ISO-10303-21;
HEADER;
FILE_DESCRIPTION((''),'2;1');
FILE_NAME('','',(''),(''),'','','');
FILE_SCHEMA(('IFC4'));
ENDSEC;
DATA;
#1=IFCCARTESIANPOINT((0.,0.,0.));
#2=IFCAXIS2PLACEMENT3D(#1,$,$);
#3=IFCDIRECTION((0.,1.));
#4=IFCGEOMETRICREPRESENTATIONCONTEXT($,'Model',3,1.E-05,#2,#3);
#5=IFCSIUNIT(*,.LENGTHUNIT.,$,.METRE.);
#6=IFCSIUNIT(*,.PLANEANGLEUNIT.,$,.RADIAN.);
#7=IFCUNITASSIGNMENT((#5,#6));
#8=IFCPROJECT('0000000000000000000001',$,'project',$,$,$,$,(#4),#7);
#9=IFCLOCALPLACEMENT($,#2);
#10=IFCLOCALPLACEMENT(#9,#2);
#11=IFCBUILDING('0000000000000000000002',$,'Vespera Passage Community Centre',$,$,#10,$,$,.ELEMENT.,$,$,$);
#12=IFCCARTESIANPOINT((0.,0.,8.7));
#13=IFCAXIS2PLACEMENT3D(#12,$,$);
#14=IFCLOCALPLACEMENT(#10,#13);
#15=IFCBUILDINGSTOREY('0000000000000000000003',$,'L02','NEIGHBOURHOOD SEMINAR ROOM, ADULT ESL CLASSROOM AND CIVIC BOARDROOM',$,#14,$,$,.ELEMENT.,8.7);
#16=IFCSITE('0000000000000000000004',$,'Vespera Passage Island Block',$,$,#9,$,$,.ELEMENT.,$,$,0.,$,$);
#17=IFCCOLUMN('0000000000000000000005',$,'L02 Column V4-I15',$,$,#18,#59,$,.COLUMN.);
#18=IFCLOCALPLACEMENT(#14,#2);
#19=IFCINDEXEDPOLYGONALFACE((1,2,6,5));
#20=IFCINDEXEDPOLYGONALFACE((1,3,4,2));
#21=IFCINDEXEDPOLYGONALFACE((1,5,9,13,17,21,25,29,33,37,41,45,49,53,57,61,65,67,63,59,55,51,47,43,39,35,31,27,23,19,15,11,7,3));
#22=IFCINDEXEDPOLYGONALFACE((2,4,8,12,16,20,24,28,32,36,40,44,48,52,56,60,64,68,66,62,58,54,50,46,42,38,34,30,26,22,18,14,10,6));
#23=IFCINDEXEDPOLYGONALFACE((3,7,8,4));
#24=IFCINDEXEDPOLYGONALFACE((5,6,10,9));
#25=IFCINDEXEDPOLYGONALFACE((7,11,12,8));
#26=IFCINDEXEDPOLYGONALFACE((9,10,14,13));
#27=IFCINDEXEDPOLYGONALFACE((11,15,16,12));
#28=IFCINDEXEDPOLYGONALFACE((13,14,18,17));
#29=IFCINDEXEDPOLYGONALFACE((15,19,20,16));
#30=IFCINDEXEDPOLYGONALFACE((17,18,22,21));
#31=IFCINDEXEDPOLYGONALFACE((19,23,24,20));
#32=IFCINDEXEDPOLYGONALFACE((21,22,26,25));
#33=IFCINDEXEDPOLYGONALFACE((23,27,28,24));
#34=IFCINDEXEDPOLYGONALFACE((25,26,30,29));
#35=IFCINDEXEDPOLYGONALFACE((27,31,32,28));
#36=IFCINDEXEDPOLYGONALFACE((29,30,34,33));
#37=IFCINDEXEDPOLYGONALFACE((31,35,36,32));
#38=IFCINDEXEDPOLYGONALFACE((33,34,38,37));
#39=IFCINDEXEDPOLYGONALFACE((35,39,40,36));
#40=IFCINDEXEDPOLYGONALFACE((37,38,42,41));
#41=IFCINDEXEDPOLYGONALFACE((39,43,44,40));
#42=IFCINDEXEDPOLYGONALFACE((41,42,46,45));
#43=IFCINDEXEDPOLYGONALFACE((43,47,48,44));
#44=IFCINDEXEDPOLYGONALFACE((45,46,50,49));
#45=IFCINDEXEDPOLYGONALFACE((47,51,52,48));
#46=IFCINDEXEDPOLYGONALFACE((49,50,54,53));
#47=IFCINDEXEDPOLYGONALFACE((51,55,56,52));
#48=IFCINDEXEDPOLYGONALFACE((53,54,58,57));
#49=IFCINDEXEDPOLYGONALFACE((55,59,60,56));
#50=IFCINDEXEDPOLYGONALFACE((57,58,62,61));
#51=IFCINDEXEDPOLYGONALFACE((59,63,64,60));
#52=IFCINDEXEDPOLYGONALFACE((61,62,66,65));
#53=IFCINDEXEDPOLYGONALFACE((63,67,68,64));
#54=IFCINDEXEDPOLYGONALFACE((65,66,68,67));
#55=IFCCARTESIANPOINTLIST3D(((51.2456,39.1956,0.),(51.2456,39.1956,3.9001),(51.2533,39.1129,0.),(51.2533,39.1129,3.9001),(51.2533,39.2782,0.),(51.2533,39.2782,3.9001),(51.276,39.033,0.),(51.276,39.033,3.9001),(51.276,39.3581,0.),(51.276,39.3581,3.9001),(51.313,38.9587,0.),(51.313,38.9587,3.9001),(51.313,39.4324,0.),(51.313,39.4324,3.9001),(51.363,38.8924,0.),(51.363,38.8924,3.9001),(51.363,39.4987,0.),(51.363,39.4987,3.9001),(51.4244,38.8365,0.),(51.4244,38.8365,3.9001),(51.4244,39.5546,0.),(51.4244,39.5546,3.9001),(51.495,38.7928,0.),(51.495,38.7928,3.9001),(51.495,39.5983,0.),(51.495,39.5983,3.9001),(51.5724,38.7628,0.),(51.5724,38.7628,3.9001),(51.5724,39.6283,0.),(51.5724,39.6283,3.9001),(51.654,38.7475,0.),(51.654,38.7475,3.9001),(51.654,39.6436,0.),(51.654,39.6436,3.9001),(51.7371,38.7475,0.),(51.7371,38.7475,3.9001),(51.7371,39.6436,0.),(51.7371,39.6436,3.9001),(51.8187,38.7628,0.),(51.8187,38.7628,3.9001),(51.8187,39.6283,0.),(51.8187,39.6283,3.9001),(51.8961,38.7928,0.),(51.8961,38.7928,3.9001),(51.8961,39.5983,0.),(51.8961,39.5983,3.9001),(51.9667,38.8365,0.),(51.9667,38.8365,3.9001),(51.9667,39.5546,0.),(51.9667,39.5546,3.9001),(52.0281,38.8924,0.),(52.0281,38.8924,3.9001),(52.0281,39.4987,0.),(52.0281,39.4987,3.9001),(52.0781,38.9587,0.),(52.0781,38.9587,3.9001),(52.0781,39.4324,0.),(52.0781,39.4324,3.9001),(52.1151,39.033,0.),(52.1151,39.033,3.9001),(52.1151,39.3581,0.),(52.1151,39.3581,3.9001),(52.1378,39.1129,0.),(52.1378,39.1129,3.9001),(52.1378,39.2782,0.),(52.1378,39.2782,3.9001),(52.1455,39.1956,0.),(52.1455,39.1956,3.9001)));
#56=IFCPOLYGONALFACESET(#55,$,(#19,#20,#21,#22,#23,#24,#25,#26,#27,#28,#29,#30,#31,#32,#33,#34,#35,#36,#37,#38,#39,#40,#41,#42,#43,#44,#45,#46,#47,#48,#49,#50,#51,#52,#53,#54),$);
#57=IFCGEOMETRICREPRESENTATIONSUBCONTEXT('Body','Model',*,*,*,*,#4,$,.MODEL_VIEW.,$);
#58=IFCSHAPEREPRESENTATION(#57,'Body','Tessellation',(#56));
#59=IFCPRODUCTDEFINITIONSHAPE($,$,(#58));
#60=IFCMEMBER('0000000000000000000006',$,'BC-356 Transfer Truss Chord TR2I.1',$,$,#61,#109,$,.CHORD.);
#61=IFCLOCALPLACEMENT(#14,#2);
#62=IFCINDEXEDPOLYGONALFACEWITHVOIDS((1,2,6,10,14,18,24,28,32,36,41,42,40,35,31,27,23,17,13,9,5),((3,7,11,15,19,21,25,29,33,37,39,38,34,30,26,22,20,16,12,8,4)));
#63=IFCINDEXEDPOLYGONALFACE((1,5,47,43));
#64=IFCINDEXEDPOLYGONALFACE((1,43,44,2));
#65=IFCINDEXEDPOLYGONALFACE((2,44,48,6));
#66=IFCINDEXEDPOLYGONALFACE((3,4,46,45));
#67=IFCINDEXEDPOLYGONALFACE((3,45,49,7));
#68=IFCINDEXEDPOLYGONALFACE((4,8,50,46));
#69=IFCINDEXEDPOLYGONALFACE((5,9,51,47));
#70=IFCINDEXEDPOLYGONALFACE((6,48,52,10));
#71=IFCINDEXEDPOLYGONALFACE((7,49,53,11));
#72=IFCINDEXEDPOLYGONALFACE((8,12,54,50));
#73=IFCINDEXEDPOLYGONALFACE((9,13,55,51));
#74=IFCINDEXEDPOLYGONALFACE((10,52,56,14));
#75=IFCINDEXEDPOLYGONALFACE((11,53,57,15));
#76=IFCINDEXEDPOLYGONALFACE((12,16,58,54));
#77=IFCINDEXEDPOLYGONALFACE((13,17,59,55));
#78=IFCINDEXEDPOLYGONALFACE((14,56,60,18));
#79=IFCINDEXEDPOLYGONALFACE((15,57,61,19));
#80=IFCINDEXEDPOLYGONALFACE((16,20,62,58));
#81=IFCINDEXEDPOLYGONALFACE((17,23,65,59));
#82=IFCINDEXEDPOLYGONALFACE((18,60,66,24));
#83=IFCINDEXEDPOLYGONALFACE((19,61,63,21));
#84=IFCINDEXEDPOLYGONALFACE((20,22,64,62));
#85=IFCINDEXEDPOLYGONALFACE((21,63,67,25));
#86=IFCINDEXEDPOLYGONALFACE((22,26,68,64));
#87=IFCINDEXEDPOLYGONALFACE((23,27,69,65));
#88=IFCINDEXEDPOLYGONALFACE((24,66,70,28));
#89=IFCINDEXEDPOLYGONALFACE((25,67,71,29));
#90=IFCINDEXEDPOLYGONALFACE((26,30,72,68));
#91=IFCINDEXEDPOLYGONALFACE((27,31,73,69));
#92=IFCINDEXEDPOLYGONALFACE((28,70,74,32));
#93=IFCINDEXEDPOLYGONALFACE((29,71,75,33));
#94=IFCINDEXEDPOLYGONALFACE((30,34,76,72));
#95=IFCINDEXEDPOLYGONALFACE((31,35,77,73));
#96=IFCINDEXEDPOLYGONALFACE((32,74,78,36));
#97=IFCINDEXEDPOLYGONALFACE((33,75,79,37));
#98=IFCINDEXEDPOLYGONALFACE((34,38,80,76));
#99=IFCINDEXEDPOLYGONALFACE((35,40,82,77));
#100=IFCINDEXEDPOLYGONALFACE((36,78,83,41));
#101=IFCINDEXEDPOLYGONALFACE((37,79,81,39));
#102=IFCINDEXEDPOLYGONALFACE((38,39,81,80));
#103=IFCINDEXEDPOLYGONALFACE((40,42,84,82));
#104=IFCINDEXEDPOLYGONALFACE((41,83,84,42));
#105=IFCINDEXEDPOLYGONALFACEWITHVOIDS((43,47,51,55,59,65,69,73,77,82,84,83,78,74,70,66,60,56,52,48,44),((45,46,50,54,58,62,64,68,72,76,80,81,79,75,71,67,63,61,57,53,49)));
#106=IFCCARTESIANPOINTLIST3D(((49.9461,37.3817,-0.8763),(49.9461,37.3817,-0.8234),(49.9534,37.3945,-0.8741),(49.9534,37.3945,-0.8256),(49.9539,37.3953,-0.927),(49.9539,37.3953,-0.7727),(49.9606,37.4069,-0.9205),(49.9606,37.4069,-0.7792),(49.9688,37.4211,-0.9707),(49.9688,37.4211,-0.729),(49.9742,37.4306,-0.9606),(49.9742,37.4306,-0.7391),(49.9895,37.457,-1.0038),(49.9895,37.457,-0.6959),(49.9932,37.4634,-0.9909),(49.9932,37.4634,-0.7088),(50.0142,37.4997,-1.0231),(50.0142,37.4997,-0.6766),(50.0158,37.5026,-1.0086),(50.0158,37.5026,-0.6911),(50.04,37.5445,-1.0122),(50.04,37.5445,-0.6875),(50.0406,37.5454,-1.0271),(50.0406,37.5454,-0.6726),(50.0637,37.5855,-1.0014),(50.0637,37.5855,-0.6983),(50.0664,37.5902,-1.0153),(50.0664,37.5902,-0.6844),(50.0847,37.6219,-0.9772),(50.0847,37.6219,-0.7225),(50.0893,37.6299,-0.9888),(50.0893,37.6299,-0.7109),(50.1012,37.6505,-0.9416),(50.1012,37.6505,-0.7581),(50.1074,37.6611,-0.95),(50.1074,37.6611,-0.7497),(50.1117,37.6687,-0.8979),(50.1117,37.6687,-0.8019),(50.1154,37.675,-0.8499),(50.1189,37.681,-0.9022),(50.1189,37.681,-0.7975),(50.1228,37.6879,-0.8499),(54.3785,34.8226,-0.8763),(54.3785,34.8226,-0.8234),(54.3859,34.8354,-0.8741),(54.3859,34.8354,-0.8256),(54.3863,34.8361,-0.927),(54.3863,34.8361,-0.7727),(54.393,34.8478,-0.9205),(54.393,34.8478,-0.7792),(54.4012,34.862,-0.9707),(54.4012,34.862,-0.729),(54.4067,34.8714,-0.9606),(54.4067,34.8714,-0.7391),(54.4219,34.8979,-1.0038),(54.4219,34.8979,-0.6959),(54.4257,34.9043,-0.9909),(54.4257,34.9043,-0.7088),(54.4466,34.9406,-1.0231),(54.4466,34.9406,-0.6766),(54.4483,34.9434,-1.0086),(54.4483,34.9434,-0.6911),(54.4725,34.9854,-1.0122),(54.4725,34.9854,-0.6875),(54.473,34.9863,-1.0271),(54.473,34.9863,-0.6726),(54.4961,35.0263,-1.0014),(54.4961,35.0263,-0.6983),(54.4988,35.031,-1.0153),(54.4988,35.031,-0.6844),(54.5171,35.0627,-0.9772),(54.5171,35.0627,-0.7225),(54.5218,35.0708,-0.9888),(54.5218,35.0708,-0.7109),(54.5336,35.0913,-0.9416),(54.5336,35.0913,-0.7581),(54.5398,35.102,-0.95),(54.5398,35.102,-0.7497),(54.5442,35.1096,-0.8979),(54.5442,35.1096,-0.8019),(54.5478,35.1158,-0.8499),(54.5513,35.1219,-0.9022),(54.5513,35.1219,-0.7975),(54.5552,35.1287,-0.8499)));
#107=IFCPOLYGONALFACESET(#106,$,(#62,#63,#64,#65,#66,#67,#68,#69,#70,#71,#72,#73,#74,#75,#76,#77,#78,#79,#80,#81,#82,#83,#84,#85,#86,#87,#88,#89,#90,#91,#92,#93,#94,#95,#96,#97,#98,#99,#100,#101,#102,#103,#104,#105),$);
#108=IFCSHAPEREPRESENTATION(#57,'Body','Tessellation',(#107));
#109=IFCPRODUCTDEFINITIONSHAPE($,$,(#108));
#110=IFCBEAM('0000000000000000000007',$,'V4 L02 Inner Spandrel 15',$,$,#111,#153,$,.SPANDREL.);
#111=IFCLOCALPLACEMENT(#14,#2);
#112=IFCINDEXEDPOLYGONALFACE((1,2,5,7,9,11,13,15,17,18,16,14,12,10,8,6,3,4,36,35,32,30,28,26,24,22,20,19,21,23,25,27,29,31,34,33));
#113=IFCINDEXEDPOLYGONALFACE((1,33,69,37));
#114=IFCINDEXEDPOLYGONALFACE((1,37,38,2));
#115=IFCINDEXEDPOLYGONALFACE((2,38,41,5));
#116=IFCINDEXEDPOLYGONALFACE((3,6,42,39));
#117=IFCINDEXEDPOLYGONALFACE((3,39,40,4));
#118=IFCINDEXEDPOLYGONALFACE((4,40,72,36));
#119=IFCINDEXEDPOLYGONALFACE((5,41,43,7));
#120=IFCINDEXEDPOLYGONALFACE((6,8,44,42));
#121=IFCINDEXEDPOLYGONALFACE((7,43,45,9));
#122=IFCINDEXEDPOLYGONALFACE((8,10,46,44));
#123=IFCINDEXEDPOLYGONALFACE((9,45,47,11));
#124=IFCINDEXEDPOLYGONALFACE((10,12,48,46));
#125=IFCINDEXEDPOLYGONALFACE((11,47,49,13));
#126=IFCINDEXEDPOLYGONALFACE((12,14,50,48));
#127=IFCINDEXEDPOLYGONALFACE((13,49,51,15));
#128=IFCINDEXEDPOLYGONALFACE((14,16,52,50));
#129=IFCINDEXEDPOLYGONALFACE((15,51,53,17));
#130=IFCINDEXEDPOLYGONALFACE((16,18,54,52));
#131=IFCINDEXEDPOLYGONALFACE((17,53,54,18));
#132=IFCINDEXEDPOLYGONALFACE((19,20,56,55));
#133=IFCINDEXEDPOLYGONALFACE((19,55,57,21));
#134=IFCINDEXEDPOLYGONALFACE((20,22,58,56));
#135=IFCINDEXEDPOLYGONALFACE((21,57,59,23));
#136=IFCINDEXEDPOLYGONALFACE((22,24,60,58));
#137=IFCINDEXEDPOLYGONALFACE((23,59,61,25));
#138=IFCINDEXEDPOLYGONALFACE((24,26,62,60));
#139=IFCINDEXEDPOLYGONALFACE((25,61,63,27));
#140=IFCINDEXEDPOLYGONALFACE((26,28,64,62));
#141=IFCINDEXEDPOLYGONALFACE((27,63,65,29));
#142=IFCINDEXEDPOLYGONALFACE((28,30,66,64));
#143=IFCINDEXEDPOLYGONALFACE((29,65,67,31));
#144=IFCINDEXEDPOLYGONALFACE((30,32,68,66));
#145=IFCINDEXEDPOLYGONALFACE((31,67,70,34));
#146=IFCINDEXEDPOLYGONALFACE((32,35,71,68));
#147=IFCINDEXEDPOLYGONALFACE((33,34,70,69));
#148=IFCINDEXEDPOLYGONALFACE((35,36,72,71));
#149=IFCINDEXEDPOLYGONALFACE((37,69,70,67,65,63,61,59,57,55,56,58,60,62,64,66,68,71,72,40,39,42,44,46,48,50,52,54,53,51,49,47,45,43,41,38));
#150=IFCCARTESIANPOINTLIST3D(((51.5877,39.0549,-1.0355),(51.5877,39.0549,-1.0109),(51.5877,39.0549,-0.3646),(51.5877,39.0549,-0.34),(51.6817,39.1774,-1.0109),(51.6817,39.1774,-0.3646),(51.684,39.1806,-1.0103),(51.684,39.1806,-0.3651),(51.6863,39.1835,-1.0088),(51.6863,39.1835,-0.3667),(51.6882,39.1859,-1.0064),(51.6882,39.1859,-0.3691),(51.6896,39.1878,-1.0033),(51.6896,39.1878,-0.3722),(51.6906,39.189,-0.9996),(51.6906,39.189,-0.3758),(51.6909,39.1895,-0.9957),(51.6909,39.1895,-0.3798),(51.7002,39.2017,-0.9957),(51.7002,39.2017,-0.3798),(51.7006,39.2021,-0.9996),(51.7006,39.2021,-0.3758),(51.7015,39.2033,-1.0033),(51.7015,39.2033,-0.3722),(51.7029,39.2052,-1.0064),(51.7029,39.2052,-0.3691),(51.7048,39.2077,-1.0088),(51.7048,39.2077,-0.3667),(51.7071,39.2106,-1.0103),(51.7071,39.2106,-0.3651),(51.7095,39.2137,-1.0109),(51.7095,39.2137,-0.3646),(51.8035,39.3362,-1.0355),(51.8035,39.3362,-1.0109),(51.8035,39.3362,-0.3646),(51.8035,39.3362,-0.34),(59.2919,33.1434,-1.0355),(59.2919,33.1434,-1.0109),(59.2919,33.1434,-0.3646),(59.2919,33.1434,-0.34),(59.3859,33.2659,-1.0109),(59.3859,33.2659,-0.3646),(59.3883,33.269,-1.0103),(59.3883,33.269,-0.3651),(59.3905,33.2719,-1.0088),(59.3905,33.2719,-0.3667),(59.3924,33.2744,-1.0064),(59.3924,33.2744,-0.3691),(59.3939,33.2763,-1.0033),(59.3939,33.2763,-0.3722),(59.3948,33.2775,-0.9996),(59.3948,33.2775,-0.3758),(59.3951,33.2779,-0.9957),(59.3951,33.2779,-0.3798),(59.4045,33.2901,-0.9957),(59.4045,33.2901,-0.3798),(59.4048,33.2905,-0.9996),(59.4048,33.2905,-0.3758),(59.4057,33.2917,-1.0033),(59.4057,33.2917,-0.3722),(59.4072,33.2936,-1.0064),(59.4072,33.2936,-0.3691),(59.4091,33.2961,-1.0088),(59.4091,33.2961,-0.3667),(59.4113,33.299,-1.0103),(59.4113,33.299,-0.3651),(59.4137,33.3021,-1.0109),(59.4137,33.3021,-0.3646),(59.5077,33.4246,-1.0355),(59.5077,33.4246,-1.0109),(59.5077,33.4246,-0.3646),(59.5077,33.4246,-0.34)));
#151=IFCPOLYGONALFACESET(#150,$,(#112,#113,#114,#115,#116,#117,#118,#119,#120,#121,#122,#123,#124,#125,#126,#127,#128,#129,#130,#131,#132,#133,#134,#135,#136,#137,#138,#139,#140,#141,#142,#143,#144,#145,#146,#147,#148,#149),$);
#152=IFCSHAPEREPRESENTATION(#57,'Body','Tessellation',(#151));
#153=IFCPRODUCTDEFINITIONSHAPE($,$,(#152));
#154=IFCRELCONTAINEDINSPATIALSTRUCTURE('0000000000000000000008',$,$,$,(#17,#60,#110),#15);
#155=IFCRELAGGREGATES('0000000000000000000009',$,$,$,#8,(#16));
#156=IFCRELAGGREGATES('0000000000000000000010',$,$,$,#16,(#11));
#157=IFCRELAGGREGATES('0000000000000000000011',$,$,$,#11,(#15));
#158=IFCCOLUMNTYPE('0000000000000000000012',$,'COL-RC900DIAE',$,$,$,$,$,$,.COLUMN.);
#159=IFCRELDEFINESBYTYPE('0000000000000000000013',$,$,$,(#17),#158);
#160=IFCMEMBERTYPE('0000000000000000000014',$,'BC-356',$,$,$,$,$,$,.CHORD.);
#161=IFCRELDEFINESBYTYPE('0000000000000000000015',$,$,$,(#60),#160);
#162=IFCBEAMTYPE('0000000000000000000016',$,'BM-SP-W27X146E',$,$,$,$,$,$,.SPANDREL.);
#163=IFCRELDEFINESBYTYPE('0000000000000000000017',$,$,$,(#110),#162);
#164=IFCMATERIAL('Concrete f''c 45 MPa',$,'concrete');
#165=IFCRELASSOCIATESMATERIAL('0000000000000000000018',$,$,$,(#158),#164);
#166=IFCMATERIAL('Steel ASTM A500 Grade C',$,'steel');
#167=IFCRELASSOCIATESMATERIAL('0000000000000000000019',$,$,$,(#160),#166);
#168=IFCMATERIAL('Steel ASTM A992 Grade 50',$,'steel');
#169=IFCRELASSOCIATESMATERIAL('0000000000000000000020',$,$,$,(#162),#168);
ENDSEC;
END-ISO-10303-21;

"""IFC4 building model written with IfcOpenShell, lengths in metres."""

from ifc_helpers import new_model, si_unit, direction, frame, origin, origin_2d, place, context, subcontext, project, spatial, circle, hollow_circle, i_section, extrude, material, material_profile, profile_set, type_object, element, save


model = new_model("IFC4")

# Units and contexts
model_context = context("Model", 3, precision=1e-05, world=origin(), true_north=direction((0.0, 1.0)))
body_context = subcontext(model_context, "Body", "Model", "MODEL_VIEW")
ifc_project = project(units=[si_unit("LENGTHUNIT", "METRE"), si_unit("PLANEANGLEUNIT", "RADIAN")], contexts=[model_context])

# Site, building, storey
site_placement = place(None, origin())
site = spatial("IfcSite", under=ifc_project, at=site_placement, Name="Vespera Passage Island Block", CompositionType="ELEMENT", RefElevation=0.0)
building_placement = place(site_placement, origin())
building = spatial("IfcBuilding", under=site, at=building_placement, Name="Vespera Passage Community Centre", CompositionType="ELEMENT")
storey_placement = place(building_placement, frame((0.0, 0.0, 8.7)))
storey = spatial("IfcBuildingStorey", under=building, at=storey_placement, Name="L02", Description="NEIGHBOURHOOD SEMINAR ROOM, ADULT ESL CLASSROOM AND CIVIC BOARDROOM", CompositionType="ELEMENT", Elevation=8.7)

# Column
ifc_material_1 = material(Name="Concrete f'c 45 MPa", Category="concrete")
ifc_material_profile_1 = material_profile(ifc_material_1, circle(Radius=0.45, at=origin_2d()), Name="RC900DIA")
ifc_profile_set_1 = profile_set([ifc_material_profile_1], Name="Concrete f'c 45 MPa")
column_type = type_object("IfcColumnType", Name="COL-RC900DIAE", PredefinedType="COLUMN", material=ifc_profile_set_1)
column_placement = place(storey_placement, frame((51.6956, 39.1956, 0.0), z_axis=(0.0, 0.0, 1.0), x_axis=(1.0, 0.0, 0.0)))
element("IfcColumn", 1, at=column_placement, inside=storey, type_object=column_type, Name="L02 Column V4-I15", PredefinedType="COLUMN", context=body_context, shape_type="SweptSolid", body=[
    extrude(circle(Radius=0.45, at=origin_2d()), origin(), (0.0, 0.0, 1.0), 3.9001),
])

# Member
ifc_material_2 = material(Name="Steel ASTM A500 Grade C", Category="steel")
ifc_material_profile_2 = material_profile(ifc_material_2, hollow_circle(Radius=0.1777, WallThickness=0.0149, at=origin_2d()), Name="CHS356X15.9")
ifc_profile_set_2 = profile_set([ifc_material_profile_2], Name="Steel ASTM A500 Grade C")
member_type_1 = type_object("IfcMemberType", Name="BC-356", PredefinedType="CHORD", material=ifc_profile_set_2)
member_1_placement = place(storey_placement, frame((50.0339, 37.5339, -0.8499), z_axis=(0.866021, -0.500007, 0.0), x_axis=(0.500007, 0.866021, 0.0)))
element("IfcMember", 2, at=member_1_placement, inside=storey, type_object=member_type_1, Name="BC-356 Transfer Truss Chord TR2I.1", PredefinedType="CHORD", context=body_context, shape_type="SweptSolid", body=[
    extrude(hollow_circle(Radius=0.1777, WallThickness=0.0149, at=origin_2d()), origin(), (0.0, 0.0, 1.0), 5.1182),
])

# Beam
ifc_material_3 = material(Name="Steel ASTM A992 Grade 50", Category="steel")
ifc_material_profile_3 = material_profile(ifc_material_3, i_section(OverallWidth=0.3545, OverallDepth=0.6956, WebThickness=0.0154, FlangeThickness=0.0247, FilletRadius=0.0151, at=origin_2d()), Name="W27X146")
ifc_profile_set_3 = profile_set([ifc_material_profile_3], Name="Steel ASTM A992 Grade 50")
beam_type = type_object("IfcBeamType", Name="BM-SP-W27X146E", PredefinedType="SPANDREL", material=ifc_profile_set_3)
beam_placement = place(storey_placement, frame((51.6956, 39.1956, -0.6877), z_axis=(0.79336, -0.608753, 0.0), x_axis=(0.608753, 0.79336, 0.0)))
element("IfcBeam", 3, at=beam_placement, inside=storey, type_object=beam_type, Name="V4 L02 Inner Spandrel 15", PredefinedType="SPANDREL", context=body_context, shape_type="SweptSolid", body=[
    extrude(i_section(OverallWidth=0.3545, OverallDepth=0.6956, WebThickness=0.0154, FlangeThickness=0.0247, FilletRadius=0.0151, at=origin_2d()), origin(), (0.0, 0.0, 1.0), 9.7109),
])

save(model, "model.ifc")
